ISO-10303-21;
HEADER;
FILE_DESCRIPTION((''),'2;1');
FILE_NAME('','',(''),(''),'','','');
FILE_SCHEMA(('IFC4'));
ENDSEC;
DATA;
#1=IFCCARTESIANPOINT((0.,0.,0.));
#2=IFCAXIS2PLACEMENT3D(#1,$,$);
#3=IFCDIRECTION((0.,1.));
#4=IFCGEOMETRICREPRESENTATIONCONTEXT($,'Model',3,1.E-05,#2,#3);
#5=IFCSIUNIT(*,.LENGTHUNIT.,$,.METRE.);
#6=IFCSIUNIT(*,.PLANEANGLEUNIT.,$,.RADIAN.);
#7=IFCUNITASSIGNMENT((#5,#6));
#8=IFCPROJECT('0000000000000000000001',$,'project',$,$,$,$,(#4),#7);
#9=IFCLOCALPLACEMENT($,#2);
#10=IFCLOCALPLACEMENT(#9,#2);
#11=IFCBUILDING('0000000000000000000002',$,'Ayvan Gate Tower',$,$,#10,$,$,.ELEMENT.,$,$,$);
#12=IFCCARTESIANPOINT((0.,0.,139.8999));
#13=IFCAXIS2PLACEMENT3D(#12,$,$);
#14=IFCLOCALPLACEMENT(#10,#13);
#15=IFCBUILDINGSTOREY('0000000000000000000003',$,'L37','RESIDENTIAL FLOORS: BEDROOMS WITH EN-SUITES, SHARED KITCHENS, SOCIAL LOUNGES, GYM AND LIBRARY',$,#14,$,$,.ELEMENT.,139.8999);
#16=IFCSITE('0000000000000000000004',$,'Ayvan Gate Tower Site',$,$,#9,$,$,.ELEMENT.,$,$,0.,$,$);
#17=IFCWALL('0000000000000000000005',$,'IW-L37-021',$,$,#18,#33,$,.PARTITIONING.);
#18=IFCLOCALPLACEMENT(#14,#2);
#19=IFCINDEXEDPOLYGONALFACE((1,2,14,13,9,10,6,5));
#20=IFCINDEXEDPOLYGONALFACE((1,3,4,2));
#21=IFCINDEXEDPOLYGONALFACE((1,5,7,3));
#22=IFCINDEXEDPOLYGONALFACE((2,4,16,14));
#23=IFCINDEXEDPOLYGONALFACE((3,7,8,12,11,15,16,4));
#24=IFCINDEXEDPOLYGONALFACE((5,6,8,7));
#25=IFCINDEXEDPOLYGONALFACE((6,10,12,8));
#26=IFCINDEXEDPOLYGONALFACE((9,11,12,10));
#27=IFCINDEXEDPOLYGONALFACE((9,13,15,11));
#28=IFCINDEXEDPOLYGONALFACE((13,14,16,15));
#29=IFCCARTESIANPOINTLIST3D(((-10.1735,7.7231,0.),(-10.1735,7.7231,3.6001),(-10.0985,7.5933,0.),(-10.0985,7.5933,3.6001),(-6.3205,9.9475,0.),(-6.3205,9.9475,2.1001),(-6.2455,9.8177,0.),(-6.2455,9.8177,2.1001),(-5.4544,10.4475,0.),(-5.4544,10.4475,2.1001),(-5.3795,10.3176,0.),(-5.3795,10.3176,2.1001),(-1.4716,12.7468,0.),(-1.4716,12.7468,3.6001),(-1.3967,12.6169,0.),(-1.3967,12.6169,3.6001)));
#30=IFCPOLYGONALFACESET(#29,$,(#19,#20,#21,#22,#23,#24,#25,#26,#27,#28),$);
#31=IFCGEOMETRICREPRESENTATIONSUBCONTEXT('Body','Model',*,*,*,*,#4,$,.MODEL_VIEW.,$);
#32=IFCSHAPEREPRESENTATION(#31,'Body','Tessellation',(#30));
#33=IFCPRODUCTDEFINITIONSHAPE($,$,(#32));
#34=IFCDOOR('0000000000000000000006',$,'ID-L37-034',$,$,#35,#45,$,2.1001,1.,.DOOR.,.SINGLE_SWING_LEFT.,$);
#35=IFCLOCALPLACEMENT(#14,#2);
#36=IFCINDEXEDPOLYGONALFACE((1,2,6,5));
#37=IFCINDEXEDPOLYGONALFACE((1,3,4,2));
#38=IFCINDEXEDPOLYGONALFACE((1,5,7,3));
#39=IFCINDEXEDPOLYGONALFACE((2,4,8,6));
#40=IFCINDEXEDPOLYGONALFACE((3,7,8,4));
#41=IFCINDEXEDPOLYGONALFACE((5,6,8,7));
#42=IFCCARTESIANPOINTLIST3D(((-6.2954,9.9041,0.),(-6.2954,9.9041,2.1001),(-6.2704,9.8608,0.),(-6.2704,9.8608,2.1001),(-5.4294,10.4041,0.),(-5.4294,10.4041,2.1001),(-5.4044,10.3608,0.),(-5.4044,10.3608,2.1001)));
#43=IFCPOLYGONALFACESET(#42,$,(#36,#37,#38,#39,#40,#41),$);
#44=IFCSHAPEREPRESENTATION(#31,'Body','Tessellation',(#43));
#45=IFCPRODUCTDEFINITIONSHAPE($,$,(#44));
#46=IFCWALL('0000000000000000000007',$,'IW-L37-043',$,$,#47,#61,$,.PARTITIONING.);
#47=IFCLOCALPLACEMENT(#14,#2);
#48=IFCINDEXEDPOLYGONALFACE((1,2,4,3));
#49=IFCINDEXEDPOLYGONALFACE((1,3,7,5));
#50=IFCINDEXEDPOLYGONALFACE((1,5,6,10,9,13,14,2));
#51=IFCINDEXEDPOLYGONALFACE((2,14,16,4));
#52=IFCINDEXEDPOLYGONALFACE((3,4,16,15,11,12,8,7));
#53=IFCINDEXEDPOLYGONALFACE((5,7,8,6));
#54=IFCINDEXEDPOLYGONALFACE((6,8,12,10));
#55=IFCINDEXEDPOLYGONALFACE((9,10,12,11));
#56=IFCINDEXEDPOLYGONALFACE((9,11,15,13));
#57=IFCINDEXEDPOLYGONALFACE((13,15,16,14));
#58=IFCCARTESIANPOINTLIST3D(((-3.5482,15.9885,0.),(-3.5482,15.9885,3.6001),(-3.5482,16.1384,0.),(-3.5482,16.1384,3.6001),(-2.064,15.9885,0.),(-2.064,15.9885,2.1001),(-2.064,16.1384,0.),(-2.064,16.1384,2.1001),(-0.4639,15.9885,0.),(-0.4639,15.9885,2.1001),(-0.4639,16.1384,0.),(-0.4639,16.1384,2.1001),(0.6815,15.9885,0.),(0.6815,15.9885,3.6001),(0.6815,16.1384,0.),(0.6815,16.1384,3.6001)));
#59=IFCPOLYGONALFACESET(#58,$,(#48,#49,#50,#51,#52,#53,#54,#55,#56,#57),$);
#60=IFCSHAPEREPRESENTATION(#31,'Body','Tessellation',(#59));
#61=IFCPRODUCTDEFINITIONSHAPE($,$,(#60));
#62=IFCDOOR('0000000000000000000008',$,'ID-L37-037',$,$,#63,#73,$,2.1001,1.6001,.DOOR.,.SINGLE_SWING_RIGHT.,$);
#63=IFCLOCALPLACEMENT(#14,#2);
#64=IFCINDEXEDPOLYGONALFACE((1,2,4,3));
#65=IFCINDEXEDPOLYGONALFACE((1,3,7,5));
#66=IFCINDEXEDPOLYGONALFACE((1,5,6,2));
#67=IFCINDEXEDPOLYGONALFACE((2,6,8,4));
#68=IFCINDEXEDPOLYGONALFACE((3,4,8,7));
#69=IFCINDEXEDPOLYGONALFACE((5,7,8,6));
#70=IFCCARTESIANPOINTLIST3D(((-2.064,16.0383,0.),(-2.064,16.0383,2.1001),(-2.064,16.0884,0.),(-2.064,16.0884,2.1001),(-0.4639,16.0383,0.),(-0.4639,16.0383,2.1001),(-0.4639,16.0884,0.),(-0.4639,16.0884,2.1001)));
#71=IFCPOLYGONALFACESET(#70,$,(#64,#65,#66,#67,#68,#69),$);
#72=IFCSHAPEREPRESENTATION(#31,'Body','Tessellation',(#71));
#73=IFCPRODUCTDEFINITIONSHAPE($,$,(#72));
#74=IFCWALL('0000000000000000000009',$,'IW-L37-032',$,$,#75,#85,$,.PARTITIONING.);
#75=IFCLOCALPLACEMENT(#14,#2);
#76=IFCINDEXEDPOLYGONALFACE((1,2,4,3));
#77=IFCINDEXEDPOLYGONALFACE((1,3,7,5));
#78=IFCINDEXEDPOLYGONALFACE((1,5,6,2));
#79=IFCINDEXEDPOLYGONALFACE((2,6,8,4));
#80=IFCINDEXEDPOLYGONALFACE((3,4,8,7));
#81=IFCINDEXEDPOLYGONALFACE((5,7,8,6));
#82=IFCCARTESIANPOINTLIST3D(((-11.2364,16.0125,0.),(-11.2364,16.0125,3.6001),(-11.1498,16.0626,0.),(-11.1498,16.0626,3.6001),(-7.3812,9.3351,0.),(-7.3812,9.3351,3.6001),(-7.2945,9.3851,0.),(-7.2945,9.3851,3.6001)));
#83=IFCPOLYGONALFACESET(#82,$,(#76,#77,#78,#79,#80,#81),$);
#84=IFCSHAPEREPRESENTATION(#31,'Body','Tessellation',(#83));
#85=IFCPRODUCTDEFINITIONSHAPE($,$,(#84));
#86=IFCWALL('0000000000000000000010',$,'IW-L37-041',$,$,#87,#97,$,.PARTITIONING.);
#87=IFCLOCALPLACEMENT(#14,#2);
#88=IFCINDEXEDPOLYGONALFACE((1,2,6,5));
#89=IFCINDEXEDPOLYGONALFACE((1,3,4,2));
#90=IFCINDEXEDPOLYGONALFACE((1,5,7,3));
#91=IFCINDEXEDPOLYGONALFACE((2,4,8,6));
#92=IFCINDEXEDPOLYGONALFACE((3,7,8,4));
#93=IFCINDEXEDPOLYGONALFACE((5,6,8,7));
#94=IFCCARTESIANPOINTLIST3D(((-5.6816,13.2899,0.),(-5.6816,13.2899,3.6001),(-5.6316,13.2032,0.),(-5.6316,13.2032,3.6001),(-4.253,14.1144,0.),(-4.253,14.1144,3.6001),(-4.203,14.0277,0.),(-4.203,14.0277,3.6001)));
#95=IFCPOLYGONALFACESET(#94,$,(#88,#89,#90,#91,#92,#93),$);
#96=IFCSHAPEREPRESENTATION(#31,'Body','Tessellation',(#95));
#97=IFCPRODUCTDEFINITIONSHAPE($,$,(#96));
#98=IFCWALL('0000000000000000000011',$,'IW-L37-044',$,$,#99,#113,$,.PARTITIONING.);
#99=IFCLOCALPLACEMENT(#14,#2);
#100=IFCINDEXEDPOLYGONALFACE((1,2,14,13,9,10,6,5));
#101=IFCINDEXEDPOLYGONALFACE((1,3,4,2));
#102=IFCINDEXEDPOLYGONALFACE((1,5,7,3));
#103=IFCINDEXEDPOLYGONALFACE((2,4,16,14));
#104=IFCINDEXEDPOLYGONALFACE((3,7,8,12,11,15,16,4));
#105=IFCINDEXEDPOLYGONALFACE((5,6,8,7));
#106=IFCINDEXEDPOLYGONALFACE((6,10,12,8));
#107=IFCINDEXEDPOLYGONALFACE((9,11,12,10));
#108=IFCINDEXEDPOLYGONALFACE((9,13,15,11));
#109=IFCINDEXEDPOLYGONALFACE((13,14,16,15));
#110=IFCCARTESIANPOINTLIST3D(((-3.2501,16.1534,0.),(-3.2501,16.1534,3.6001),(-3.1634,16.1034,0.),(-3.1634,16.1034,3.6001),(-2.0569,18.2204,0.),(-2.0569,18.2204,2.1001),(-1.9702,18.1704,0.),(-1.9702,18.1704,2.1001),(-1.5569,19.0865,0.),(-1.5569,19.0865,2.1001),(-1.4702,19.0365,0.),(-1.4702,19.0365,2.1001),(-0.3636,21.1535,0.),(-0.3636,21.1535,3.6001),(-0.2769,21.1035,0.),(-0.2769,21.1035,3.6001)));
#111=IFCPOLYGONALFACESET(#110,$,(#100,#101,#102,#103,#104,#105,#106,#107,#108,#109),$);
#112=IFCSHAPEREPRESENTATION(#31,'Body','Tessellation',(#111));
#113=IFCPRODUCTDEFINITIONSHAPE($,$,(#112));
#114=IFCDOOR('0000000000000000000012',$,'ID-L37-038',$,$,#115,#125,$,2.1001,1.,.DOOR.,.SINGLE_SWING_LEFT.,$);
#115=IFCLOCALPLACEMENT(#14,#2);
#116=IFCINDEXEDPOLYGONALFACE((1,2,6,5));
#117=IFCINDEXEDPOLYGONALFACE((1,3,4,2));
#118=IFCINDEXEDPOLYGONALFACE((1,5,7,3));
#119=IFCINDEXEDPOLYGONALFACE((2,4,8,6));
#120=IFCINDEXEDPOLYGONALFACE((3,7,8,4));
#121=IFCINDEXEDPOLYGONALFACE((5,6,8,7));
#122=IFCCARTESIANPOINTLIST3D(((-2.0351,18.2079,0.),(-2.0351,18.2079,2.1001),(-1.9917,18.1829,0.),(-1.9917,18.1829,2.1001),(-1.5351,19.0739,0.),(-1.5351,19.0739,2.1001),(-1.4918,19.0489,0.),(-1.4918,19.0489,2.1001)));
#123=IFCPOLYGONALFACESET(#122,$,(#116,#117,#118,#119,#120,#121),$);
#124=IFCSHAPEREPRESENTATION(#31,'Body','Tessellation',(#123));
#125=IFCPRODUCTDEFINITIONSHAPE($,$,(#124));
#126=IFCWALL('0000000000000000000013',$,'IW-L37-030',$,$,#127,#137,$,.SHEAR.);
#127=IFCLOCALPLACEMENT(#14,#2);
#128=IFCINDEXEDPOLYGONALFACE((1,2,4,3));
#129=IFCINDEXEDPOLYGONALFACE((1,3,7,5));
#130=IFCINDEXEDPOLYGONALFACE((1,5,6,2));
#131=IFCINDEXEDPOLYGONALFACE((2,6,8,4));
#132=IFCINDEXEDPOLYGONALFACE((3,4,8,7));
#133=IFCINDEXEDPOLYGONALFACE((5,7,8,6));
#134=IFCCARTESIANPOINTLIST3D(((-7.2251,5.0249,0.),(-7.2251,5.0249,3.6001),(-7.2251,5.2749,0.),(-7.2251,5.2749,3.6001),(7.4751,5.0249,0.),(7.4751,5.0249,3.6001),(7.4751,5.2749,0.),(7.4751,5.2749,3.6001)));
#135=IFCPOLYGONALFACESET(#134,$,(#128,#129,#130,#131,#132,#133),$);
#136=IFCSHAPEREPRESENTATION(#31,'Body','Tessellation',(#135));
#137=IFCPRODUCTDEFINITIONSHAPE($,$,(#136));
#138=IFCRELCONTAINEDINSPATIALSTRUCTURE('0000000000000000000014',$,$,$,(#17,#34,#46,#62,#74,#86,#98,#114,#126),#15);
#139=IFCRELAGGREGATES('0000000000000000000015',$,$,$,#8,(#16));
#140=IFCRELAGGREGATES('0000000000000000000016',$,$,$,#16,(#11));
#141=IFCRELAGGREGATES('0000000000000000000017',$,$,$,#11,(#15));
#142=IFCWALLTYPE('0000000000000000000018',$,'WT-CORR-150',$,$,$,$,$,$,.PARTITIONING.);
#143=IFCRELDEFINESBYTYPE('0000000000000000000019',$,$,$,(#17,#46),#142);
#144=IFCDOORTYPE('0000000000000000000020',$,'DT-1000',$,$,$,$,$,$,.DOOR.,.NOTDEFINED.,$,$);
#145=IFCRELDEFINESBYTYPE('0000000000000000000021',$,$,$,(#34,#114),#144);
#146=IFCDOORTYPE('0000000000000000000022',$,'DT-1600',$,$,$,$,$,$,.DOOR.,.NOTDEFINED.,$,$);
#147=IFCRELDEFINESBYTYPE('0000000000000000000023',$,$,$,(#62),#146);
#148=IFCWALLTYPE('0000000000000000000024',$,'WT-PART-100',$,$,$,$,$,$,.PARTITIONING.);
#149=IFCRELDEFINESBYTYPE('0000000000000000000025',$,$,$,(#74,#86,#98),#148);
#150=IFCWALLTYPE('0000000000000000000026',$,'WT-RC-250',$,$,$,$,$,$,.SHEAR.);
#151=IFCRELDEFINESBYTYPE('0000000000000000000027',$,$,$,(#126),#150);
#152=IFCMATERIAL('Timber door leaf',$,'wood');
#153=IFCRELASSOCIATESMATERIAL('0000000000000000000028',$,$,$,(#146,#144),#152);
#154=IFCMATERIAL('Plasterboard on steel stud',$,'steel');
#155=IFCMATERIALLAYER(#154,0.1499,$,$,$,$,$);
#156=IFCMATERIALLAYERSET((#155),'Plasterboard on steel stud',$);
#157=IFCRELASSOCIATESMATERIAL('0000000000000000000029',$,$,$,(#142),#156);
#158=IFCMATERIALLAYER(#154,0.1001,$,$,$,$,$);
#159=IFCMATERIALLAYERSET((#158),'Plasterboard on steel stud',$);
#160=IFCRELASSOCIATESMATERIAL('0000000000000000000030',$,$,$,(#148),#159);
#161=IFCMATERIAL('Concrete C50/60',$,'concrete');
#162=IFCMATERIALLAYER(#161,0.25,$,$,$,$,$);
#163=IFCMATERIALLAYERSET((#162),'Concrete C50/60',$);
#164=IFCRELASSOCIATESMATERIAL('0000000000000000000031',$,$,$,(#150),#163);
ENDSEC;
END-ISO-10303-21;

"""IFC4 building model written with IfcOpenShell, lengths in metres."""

from ifc_helpers import new_model, si_unit, direction, frame, frame_2d, origin, place, context, subcontext, project, spatial, rectangle, extrude, material, layer, layer_set, type_object, element, fill, save


model = new_model("IFC4")

# Units and contexts
model_context = context("Model", 3, precision=1e-05, world=origin(), true_north=direction((0.0, 1.0)))
body_context = subcontext(model_context, "Body", "Model", "MODEL_VIEW")
ifc_project = project(units=[si_unit("LENGTHUNIT", "METRE"), si_unit("PLANEANGLEUNIT", "RADIAN")], contexts=[model_context])

# Site, building, storey
site_placement = place(None, origin())
site = spatial("IfcSite", under=ifc_project, at=site_placement, Name="Ayvan Gate Tower Site", CompositionType="ELEMENT", RefElevation=0.0)
building_placement = place(site_placement, origin())
building = spatial("IfcBuilding", under=site, at=building_placement, Name="Ayvan Gate Tower", CompositionType="ELEMENT")
storey_placement = place(building_placement, frame((0.0, 0.0, 139.8999)))
storey = spatial("IfcBuildingStorey", under=building, at=storey_placement, Name="L37", Description="RESIDENTIAL FLOORS: BEDROOMS WITH EN-SUITES, SHARED KITCHENS, SOCIAL LOUNGES, GYM AND LIBRARY", CompositionType="ELEMENT", Elevation=139.8999)

# Walls, openings, doors
ifc_material_1 = material(Name="Timber door leaf", Category="wood")
door_type_1 = type_object("IfcDoorType", Name="DT-1600", OperationType="NOTDEFINED", PredefinedType="DOOR", material=ifc_material_1)
ifc_material_2 = material(Name="Plasterboard on steel stud", Category="steel")
ifc_layer_1 = layer(ifc_material_2, 0.1499)
ifc_layer_set_1 = layer_set([ifc_layer_1], Name="Plasterboard on steel stud")
wall_type_1 = type_object("IfcWallType", Name="WT-CORR-150", PredefinedType="PARTITIONING", material=ifc_layer_set_1)
door_type_2 = type_object("IfcDoorType", Name="DT-1000", OperationType="NOTDEFINED", PredefinedType="DOOR", material=ifc_material_1)
wall_1_placement = place(storey_placement, frame((-10.136, 7.6582, 0.0), z_axis=(0.0, 0.0, 1.0), x_axis=(0.866041, 0.499973, 0.0)))
wall_1 = element("IfcWall", 1, at=wall_1_placement, inside=storey, type_object=wall_type_1, Name="IW-L37-021", PredefinedType="PARTITIONING", context=body_context, shape_type="SweptSolid", body=[
    extrude(rectangle(XDim=10.0479, YDim=0.1499, at=frame_2d((5.0239, 0.0))), origin(), (0.0, 0.0, 1.0), 3.6001),
])
opening_1_placement = place(wall_1_placement, frame((4.449, 0.0, 0.0)))
opening_1 = element("IfcOpeningElement", 2, at=opening_1_placement, cuts=wall_1, PredefinedType="OPENING", context=body_context, shape_type="SweptSolid", body=[
    extrude(rectangle(XDim=1.0, YDim=2.1001, at=frame_2d((0.5, 1.05))), frame((0.0, 0.085, 0.0), z_axis=(0.0, -1.0, 0.0), x_axis=(1.0, 0.0, 0.0)), (0.0, 0.0, 1.0), 0.1699),
])
door_1_placement = place(opening_1_placement, origin())
door_1 = element("IfcDoor", 3, at=door_1_placement, inside=storey, type_object=door_type_2, Name="ID-L37-034", OperationType="SINGLE_SWING_LEFT", OverallHeight=2.1001, OverallWidth=1.0, PredefinedType="DOOR", context=body_context, shape_type="SweptSolid", body=[
    extrude(rectangle(XDim=1.0, YDim=2.1001, at=frame_2d((0.5, 1.05))), frame((0.0, 0.0249, 0.0), z_axis=(0.0, -1.0, 0.0), x_axis=(1.0, 0.0, 0.0)), (0.0, 0.0, 1.0), 0.05),
])
fill(opening_1, door_1)
wall_2_placement = place(storey_placement, frame((-3.5481, 16.0635, 0.0), z_axis=(0.0, 0.0, 1.0), x_axis=(1.0, 0.0, 0.0)))
wall_2 = element("IfcWall", 4, at=wall_2_placement, inside=storey, type_object=wall_type_1, Name="IW-L37-043", PredefinedType="PARTITIONING", context=body_context, shape_type="SweptSolid", body=[
    extrude(rectangle(XDim=4.2297, YDim=0.1499, at=frame_2d((2.1147, 0.0))), origin(), (0.0, 0.0, 1.0), 3.6001),
])
opening_2_placement = place(wall_2_placement, frame((1.4841, 0.0, 0.0)))
opening_2 = element("IfcOpeningElement", 5, at=opening_2_placement, cuts=wall_2, PredefinedType="OPENING", context=body_context, shape_type="SweptSolid", body=[
    extrude(rectangle(XDim=1.6001, YDim=2.1001, at=frame_2d((0.8, 1.05))), frame((0.0, 0.085, 0.0), z_axis=(0.0, -1.0, 0.0), x_axis=(1.0, 0.0, 0.0)), (0.0, 0.0, 1.0), 0.1699),
])
door_2_placement = place(opening_2_placement, origin())
door_2 = element("IfcDoor", 6, at=door_2_placement, inside=storey, type_object=door_type_1, Name="ID-L37-037", OperationType="SINGLE_SWING_RIGHT", OverallHeight=2.1001, OverallWidth=1.6001, PredefinedType="DOOR", context=body_context, shape_type="SweptSolid", body=[
    extrude(rectangle(XDim=1.6001, YDim=2.1001, at=frame_2d((0.8, 1.05))), frame((0.0, 0.0249, 0.0), z_axis=(0.0, -1.0, 0.0), x_axis=(1.0, 0.0, 0.0)), (0.0, 0.0, 1.0), 0.05),
])
fill(opening_2, door_2)

# Walls
ifc_layer_2 = layer(ifc_material_2, 0.1001)
ifc_layer_set_2 = layer_set([ifc_layer_2], Name="Plasterboard on steel stud")
wall_type_2 = type_object("IfcWallType", Name="WT-PART-100", PredefinedType="PARTITIONING", material=ifc_layer_set_2)
wall_3_placement = place(storey_placement, frame((-7.3379, 9.3601, 0.0), z_axis=(0.0, 0.0, 1.0), x_axis=(-0.499997, 0.866027, 0.0)))
element("IfcWall", 7, at=wall_3_placement, inside=storey, type_object=wall_type_2, Name="IW-L37-032", PredefinedType="PARTITIONING", context=body_context, shape_type="SweptSolid", body=[
    extrude(rectangle(XDim=7.7104, YDim=0.1001, at=frame_2d((3.8552, 0.0))), origin(), (0.0, 0.0, 1.0), 3.6001),
])
wall_4_placement = place(storey_placement, frame((-4.228, 14.071, 0.0), z_axis=(0.0, 0.0, 1.0), x_axis=(-0.866094, -0.49988, 0.0)))
element("IfcWall", 8, at=wall_4_placement, inside=storey, type_object=wall_type_2, Name="IW-L37-041", PredefinedType="PARTITIONING", context=body_context, shape_type="SweptSolid", body=[
    extrude(rectangle(XDim=1.6494, YDim=0.1001, at=frame_2d((0.8247, 0.0))), origin(), (0.0, 0.0, 1.0), 3.6001),
])

# Wall, opening, door
wall_5_placement = place(storey_placement, frame((-3.2068, 16.1284, 0.0), z_axis=(0.0, 0.0, 1.0), x_axis=(0.499964, 0.866046, 0.0)))
wall_5 = element("IfcWall", 9, at=wall_5_placement, inside=storey, type_object=wall_type_2, Name="IW-L37-044", PredefinedType="PARTITIONING", context=body_context, shape_type="SweptSolid", body=[
    extrude(rectangle(XDim=5.7734, YDim=0.1001, at=frame_2d((2.8867, 0.0))), origin(), (0.0, 0.0, 1.0), 3.6001),
])
opening_3_placement = place(wall_5_placement, frame((2.3867, 0.0, 0.0)))
opening_3 = element("IfcOpeningElement", 10, at=opening_3_placement, cuts=wall_5, PredefinedType="OPENING", context=body_context, shape_type="SweptSolid", body=[
    extrude(rectangle(XDim=1.0, YDim=2.1001, at=frame_2d((0.5, 1.05))), frame((0.0, 0.0601, 0.0), z_axis=(0.0, -1.0, 0.0), x_axis=(1.0, 0.0, 0.0)), (0.0, 0.0, 1.0), 0.1201),
])
door_3_placement = place(opening_3_placement, origin())
door_3 = element("IfcDoor", 11, at=door_3_placement, inside=storey, type_object=door_type_2, Name="ID-L37-038", OperationType="SINGLE_SWING_LEFT", OverallHeight=2.1001, OverallWidth=1.0, PredefinedType="DOOR", context=body_context, shape_type="SweptSolid", body=[
    extrude(rectangle(XDim=1.0, YDim=2.1001, at=frame_2d((0.5, 1.05))), frame((0.0, 0.0249, 0.0), z_axis=(0.0, -1.0, 0.0), x_axis=(1.0, 0.0, 0.0)), (0.0, 0.0, 1.0), 0.05),
])
fill(opening_3, door_3)

# Wall
ifc_material_3 = material(Name="Concrete C50/60", Category="concrete")
ifc_layer_3 = layer(ifc_material_3, 0.25)
ifc_layer_set_3 = layer_set([ifc_layer_3], Name="Concrete C50/60")
wall_type_3 = type_object("IfcWallType", Name="WT-RC-250", PredefinedType="SHEAR", material=ifc_layer_set_3)
wall_6_placement = place(storey_placement, frame((-7.2251, 5.1499, 0.0), z_axis=(0.0, 0.0, 1.0), x_axis=(1.0, 0.0, 0.0)))
element("IfcWall", 12, at=wall_6_placement, inside=storey, type_object=wall_type_3, Name="IW-L37-030", PredefinedType="SHEAR", context=body_context, shape_type="SweptSolid", body=[
    extrude(rectangle(XDim=14.7002, YDim=0.25, at=frame_2d((7.3501, 0.0))), origin(), (0.0, 0.0, 1.0), 3.6001),
])

save(model, "model.ifc")
